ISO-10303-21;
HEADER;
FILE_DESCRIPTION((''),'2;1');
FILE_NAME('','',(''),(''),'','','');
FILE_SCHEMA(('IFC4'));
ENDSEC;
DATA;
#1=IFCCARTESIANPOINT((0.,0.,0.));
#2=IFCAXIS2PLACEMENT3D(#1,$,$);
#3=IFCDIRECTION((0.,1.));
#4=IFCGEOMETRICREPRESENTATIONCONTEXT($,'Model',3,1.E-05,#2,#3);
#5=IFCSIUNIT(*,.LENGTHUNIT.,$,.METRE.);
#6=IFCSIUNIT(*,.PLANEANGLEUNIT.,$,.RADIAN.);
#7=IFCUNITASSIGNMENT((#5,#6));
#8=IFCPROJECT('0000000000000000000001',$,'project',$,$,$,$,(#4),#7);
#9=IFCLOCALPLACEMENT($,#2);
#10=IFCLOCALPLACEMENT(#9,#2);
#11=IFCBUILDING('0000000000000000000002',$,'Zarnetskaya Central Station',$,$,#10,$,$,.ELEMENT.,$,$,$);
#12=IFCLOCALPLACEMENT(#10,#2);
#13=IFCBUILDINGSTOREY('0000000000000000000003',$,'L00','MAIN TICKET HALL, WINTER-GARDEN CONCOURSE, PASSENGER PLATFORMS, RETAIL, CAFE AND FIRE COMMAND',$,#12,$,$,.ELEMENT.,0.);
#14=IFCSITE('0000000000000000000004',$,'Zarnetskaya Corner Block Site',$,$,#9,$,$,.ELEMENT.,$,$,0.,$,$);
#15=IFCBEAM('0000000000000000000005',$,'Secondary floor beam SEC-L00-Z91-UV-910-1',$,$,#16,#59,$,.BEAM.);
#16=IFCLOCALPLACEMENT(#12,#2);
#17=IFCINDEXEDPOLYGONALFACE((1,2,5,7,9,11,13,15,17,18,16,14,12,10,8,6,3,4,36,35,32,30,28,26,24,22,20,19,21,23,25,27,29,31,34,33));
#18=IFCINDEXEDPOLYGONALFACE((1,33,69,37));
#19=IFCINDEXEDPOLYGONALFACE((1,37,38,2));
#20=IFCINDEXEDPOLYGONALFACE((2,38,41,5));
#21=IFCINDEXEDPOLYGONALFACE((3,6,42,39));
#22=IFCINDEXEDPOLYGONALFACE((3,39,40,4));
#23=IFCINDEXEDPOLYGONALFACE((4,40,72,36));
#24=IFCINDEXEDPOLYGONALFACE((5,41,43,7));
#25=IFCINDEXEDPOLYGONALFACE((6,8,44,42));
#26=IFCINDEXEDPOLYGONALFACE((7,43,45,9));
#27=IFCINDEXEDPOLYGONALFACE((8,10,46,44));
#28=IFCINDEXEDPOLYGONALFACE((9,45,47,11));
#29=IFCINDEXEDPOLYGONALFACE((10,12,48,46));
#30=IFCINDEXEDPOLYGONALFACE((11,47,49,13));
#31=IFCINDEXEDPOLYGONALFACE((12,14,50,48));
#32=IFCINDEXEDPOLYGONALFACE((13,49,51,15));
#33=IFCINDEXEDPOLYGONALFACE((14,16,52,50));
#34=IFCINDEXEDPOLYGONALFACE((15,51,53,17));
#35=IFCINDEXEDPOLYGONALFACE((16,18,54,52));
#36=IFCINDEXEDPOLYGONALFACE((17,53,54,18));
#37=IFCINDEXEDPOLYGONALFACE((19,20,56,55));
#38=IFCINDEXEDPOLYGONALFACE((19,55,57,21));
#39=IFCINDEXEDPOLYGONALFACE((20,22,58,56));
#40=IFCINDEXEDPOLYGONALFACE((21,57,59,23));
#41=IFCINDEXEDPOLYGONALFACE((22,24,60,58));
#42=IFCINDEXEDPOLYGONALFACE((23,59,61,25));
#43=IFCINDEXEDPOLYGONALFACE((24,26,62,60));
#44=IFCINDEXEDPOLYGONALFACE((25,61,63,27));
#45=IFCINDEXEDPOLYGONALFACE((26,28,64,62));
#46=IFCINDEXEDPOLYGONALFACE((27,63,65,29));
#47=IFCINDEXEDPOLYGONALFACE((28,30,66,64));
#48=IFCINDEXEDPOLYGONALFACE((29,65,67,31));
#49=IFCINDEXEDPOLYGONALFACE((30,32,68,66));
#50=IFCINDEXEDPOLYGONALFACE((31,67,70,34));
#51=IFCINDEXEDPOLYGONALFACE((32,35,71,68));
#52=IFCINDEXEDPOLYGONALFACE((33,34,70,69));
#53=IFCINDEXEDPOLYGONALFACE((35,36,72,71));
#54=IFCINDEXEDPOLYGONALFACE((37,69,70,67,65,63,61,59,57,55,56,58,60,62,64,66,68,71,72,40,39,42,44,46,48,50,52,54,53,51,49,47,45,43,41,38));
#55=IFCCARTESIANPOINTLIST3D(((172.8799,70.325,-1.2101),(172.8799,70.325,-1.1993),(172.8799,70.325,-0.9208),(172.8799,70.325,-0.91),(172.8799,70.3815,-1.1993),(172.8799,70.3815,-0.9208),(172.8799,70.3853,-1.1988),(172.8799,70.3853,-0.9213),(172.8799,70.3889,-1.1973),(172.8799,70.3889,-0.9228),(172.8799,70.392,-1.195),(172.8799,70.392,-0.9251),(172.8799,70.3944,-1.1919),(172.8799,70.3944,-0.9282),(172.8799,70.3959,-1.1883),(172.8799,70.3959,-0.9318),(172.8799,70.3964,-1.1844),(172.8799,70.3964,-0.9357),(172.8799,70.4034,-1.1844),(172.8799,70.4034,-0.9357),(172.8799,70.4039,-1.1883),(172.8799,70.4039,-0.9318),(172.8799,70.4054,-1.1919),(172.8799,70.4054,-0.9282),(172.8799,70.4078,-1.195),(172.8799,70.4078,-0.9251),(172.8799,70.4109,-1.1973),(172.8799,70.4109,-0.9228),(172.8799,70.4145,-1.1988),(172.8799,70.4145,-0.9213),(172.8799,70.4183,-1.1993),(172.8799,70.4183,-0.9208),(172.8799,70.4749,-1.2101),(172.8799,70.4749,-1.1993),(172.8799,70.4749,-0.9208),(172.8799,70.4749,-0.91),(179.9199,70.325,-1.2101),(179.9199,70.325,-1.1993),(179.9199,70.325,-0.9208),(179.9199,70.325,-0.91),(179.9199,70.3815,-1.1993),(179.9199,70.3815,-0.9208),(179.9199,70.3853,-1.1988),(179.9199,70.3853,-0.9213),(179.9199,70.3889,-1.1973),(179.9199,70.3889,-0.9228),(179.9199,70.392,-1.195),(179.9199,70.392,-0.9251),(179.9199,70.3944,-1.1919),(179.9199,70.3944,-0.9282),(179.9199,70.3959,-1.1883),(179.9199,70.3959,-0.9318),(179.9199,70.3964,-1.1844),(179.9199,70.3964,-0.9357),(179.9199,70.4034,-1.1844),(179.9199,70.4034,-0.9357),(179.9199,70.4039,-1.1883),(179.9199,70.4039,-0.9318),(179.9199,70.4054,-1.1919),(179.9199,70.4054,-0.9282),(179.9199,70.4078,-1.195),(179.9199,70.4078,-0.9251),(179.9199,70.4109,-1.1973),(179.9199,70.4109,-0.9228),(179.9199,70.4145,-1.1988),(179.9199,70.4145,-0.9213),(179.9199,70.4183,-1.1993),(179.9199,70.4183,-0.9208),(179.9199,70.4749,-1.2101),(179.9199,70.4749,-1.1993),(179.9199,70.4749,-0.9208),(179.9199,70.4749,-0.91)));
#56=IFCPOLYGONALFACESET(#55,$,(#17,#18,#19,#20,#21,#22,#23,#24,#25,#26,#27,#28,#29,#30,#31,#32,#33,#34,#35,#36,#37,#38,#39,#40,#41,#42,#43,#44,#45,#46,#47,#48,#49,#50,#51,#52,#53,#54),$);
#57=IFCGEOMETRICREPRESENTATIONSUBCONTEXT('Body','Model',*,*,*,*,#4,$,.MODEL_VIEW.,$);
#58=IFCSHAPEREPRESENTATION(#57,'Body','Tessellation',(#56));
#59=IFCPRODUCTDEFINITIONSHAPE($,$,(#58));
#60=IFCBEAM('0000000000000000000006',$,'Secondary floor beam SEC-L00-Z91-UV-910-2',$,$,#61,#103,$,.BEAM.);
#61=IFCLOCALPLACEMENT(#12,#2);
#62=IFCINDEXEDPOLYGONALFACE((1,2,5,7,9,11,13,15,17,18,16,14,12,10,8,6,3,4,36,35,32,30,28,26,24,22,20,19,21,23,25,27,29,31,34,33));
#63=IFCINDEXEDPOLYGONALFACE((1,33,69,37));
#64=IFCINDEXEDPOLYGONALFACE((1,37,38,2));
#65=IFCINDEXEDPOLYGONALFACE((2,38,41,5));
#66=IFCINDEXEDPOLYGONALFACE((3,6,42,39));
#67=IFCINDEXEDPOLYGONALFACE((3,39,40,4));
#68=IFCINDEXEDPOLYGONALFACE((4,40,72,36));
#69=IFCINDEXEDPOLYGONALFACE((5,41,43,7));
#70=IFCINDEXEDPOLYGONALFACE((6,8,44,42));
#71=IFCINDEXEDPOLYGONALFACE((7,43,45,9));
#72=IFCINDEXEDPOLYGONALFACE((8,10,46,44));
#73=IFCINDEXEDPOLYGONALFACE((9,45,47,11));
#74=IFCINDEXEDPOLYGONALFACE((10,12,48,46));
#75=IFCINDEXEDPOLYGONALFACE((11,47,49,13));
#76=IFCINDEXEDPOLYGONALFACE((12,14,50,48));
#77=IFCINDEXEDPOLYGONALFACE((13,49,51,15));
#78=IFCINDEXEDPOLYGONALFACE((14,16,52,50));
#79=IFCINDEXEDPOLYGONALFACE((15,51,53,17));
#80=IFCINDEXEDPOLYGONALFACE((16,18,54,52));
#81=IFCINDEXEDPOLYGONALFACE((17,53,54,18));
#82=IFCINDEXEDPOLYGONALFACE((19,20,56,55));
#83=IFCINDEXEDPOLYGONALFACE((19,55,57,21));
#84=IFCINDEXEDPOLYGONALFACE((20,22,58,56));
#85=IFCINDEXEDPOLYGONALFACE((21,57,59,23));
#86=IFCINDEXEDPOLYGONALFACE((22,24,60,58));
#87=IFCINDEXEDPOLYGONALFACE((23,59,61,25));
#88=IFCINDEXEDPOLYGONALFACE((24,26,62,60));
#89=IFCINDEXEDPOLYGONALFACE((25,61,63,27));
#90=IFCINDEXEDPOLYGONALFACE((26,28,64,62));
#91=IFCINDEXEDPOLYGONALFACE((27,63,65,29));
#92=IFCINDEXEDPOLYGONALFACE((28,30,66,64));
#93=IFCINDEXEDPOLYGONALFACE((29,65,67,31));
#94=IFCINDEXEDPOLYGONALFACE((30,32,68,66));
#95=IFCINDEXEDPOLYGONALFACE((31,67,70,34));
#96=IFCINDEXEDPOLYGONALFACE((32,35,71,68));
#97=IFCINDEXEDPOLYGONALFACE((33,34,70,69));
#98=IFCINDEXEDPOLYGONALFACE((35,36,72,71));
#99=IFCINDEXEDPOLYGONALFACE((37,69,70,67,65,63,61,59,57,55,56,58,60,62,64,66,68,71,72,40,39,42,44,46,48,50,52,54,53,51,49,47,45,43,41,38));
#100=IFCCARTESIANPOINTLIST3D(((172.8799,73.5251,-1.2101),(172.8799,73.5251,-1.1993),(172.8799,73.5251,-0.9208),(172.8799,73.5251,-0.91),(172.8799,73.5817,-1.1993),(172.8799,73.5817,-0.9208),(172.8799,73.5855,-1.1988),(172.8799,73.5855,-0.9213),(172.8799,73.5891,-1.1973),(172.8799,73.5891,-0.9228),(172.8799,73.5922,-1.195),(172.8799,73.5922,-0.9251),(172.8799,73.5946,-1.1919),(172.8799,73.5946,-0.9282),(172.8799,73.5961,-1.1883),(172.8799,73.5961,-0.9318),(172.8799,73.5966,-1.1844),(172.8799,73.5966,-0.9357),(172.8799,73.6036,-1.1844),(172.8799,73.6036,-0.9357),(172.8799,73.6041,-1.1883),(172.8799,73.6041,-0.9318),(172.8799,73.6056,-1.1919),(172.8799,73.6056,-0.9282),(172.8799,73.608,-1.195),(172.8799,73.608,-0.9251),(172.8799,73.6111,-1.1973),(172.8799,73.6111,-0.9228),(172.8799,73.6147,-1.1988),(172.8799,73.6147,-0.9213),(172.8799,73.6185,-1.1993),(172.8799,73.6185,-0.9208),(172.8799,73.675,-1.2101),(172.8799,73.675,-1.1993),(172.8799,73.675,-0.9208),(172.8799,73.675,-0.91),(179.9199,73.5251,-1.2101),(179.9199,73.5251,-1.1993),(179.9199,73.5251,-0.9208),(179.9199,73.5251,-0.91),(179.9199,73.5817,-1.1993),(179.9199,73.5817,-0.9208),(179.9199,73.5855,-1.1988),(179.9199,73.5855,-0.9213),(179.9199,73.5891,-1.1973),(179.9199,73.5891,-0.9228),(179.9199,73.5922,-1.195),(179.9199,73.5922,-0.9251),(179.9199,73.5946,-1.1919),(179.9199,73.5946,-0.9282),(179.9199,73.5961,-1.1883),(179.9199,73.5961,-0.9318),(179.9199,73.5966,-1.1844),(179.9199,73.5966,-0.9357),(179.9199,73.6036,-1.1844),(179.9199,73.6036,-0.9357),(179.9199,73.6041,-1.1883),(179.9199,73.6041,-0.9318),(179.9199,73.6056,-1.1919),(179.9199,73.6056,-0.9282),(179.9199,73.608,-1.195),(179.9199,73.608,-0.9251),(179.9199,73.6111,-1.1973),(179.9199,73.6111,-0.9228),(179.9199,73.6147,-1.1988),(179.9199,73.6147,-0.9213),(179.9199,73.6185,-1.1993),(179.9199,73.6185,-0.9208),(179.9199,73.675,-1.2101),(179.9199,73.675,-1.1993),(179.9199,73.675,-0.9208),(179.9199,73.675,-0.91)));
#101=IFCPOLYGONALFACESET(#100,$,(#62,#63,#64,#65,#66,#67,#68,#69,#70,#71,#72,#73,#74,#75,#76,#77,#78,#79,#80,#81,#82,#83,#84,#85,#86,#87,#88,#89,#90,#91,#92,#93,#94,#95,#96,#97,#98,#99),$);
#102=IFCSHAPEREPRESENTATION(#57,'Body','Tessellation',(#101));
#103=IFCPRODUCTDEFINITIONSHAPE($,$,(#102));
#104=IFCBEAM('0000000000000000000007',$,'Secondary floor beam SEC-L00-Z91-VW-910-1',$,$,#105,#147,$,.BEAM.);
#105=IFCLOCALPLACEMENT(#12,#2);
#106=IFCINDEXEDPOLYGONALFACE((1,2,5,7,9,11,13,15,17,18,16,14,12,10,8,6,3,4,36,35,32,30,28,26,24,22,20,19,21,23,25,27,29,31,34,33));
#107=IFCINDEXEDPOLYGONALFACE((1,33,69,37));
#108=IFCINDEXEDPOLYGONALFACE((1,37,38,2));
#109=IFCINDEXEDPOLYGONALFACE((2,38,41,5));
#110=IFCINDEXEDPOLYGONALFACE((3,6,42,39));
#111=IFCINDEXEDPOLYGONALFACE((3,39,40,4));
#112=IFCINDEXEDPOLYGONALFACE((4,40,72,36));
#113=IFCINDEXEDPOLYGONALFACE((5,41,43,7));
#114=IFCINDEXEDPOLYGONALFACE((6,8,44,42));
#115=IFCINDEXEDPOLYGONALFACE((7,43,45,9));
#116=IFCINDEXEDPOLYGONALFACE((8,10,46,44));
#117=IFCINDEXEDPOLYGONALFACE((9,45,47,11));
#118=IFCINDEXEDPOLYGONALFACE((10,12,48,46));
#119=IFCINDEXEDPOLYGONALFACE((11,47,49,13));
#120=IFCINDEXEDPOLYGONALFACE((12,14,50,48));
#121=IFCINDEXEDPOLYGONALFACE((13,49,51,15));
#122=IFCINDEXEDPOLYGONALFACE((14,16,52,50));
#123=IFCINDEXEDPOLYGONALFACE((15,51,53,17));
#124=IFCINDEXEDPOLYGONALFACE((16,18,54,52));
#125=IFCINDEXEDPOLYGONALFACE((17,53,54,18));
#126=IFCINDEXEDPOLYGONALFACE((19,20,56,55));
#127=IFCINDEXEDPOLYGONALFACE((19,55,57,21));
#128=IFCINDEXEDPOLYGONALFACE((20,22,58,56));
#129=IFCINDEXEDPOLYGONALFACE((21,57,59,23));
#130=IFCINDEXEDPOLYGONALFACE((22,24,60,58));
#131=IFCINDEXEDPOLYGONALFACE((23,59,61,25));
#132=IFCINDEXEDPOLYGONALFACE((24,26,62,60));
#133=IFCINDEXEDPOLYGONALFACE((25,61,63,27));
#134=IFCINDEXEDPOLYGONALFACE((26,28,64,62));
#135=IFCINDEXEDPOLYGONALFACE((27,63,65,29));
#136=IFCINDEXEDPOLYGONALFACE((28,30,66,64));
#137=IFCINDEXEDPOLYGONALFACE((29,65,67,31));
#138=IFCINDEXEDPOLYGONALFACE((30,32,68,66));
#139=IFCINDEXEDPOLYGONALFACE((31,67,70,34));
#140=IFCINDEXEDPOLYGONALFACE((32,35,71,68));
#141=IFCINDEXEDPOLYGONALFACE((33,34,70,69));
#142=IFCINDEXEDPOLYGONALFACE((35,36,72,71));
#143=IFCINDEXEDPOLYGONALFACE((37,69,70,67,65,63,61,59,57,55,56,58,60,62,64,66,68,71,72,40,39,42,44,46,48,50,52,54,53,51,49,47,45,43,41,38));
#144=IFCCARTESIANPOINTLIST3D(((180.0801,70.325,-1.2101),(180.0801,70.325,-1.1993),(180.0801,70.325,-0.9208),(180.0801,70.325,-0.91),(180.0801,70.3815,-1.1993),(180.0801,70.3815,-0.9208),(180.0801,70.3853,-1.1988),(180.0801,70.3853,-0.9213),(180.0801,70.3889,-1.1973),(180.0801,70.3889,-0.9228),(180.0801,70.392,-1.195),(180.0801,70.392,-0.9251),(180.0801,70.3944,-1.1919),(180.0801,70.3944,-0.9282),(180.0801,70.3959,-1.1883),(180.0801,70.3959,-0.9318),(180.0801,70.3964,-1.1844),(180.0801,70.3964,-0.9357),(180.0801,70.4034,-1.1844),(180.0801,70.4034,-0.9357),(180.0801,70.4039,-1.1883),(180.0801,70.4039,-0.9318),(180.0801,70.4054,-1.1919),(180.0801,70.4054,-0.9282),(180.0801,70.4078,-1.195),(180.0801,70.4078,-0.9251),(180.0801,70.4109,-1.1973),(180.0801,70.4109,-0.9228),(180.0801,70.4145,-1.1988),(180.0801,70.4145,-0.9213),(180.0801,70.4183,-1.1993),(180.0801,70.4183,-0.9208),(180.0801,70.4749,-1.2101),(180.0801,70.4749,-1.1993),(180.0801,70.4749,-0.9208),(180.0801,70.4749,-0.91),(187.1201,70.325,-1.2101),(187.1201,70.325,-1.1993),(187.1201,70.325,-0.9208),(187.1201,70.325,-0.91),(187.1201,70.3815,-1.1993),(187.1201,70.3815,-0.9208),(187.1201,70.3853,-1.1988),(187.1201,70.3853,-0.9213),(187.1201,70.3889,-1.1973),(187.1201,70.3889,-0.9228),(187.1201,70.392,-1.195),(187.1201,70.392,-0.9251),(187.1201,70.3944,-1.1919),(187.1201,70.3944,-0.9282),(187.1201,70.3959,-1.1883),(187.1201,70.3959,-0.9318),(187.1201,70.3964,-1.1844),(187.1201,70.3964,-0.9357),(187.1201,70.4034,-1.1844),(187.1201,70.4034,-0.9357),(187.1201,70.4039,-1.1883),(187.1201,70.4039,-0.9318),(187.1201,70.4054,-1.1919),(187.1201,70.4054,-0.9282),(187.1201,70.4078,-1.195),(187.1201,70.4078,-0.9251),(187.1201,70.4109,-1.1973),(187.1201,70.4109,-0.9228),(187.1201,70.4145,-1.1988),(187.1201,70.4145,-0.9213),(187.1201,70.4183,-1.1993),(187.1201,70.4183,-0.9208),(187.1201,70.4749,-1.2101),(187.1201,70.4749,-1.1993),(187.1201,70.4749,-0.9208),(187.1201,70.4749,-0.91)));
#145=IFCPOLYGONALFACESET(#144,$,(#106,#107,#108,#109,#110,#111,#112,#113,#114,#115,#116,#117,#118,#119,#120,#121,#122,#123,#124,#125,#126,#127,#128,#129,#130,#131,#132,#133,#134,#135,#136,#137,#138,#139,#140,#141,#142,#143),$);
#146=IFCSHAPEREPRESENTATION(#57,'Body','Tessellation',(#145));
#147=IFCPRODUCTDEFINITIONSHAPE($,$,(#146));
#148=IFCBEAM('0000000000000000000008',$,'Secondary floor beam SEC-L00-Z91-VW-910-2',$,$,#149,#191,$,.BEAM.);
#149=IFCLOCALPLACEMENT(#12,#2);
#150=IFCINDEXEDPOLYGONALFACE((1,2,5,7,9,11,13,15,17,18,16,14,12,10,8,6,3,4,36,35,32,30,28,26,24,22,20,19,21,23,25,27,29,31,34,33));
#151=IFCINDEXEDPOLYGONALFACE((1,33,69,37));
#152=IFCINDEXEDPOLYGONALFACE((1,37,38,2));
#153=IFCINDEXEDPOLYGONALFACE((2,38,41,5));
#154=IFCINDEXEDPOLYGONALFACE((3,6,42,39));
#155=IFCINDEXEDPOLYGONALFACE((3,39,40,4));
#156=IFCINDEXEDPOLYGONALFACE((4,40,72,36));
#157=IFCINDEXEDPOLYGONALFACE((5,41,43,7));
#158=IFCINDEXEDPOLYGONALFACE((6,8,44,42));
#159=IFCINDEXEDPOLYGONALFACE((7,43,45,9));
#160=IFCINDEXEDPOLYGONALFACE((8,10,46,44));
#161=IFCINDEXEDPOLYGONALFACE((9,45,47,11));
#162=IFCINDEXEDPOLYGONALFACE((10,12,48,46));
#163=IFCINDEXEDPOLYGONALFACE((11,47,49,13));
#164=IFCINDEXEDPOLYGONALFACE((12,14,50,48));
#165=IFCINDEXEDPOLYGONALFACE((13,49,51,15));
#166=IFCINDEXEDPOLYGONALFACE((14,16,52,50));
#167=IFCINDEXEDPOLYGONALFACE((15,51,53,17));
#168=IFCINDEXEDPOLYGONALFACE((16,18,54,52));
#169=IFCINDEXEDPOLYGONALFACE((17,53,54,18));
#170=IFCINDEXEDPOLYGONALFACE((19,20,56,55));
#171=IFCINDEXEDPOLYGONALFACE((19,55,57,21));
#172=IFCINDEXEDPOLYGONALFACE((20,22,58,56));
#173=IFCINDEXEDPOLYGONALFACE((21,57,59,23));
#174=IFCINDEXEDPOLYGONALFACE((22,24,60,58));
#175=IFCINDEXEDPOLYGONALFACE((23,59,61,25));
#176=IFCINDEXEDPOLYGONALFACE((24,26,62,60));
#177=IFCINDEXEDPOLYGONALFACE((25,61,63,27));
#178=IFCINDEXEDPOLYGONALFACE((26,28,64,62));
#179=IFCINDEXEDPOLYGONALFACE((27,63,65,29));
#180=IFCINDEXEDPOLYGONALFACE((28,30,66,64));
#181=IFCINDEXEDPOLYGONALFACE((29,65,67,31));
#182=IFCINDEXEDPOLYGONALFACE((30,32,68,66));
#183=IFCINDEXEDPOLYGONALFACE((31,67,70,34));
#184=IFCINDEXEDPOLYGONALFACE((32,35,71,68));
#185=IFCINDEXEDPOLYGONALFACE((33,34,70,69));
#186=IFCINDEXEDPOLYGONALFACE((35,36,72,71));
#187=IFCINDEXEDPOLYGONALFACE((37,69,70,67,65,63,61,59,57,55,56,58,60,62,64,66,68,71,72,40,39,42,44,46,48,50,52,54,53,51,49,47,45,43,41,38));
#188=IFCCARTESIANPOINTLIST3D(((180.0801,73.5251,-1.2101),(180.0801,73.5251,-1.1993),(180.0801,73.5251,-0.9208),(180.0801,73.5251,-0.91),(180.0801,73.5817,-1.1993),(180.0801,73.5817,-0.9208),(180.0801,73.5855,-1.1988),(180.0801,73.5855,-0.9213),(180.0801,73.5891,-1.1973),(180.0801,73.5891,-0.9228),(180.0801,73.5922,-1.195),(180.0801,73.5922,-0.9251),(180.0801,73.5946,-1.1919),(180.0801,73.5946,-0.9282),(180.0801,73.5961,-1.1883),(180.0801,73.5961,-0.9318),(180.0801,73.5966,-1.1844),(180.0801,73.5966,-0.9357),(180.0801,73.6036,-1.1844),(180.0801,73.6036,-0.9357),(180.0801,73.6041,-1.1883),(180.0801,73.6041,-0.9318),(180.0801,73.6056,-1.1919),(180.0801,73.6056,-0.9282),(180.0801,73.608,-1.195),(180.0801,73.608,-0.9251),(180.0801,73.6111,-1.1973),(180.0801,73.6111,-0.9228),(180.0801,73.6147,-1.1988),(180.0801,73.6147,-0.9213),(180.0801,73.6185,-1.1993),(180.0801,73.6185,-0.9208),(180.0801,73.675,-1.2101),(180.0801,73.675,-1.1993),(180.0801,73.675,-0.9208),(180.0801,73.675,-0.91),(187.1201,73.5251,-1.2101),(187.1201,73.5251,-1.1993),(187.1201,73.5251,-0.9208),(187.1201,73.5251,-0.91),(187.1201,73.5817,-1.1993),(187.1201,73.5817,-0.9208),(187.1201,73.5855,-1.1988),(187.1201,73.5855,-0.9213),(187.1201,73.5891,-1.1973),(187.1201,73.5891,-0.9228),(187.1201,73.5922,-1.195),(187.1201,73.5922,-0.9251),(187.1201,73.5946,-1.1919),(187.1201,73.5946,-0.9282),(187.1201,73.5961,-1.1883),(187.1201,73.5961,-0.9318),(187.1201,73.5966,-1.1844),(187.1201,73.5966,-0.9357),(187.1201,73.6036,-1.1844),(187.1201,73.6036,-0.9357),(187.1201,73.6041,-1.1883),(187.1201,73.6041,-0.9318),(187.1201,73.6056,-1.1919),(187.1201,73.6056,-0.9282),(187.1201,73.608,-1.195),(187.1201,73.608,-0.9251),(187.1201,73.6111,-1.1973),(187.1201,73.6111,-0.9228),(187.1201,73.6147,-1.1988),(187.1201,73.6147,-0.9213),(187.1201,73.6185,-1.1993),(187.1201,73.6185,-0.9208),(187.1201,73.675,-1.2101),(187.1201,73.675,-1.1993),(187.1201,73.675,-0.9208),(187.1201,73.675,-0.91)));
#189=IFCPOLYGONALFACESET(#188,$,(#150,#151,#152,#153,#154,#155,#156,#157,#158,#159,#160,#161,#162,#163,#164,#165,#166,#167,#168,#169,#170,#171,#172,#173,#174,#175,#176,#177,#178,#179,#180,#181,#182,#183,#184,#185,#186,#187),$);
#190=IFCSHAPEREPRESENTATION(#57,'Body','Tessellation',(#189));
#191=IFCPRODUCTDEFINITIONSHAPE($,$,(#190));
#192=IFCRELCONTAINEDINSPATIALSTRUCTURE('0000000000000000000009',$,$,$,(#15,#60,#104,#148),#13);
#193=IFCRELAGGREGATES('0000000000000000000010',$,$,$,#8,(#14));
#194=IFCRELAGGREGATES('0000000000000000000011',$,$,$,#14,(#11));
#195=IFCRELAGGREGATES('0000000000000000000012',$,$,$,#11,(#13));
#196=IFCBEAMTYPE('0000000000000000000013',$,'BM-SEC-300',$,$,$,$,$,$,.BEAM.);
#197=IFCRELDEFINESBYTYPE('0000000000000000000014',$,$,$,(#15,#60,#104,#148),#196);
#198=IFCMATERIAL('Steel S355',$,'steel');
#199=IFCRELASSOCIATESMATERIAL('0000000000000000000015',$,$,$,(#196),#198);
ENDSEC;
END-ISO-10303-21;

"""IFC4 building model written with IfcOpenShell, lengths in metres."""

from ifc_helpers import new_model, si_unit, direction, frame, origin, origin_2d, place, context, subcontext, project, spatial, i_section, extrude, material, material_profile, profile_set, type_object, element, save


model = new_model("IFC4")

# Units and contexts
model_context = context("Model", 3, precision=1e-05, world=origin(), true_north=direction((0.0, 1.0)))
body_context = subcontext(model_context, "Body", "Model", "MODEL_VIEW")
ifc_project = project(units=[si_unit("LENGTHUNIT", "METRE"), si_unit("PLANEANGLEUNIT", "RADIAN")], contexts=[model_context])

# Site, building, storey
site_placement = place(None, origin())
site = spatial("IfcSite", under=ifc_project, at=site_placement, Name="Zarnetskaya Corner Block Site", CompositionType="ELEMENT", RefElevation=0.0)
building_placement = place(site_placement, origin())
building = spatial("IfcBuilding", under=site, at=building_placement, Name="Zarnetskaya Central Station", CompositionType="ELEMENT")
storey_placement = place(building_placement, origin())
storey = spatial("IfcBuildingStorey", under=building, at=storey_placement, Name="L00", Description="MAIN TICKET HALL, WINTER-GARDEN CONCOURSE, PASSENGER PLATFORMS, RETAIL, CAFE AND FIRE COMMAND", CompositionType="ELEMENT", Elevation=0.0)

# Shared definitions
ifc_material = material(Name="Steel S355", Category="steel")

# Beams
ifc_material_profile_1 = material_profile(ifc_material, i_section(OverallWidth=0.1499, OverallDepth=0.3, WebThickness=0.0071, FlangeThickness=0.0107, FilletRadius=0.0149, at=origin_2d()), Name="IPE 300")
ifc_profile_set_1 = profile_set([ifc_material_profile_1], Name="Steel S355")
beam_type_1 = type_object("IfcBeamType", Name="BM-SEC-300", PredefinedType="BEAM", material=ifc_profile_set_1)
for number, where, z_axis, x_axis, name in (
    (1, (172.8799, 70.3999, -1.0601), (1.0, 0.0, 0.0), (0.0, 1.0, 0.0), "Secondary floor beam SEC-L00-Z91-UV-910-1"),
    (2, (172.8799, 73.6001, -1.0601), (1.0, 0.0, 0.0), (0.0, 1.0, 0.0), "Secondary floor beam SEC-L00-Z91-UV-910-2"),
    (3, (180.0801, 70.3999, -1.0601), (1.0, 0.0, 0.0), (0.0, 1.0, 0.0), "Secondary floor beam SEC-L00-Z91-VW-910-1"),
    (4, (180.0801, 73.6001, -1.0601), (1.0, 0.0, 0.0), (0.0, 1.0, 0.0), "Secondary floor beam SEC-L00-Z91-VW-910-2"),
):
    element("IfcBeam", number, at=place(storey_placement, frame(where, z_axis=z_axis, x_axis=x_axis)), inside=storey, type_object=beam_type_1, Name=name, PredefinedType="BEAM", context=body_context, shape_type="SweptSolid", body=[
        extrude(i_section(OverallWidth=0.1499, OverallDepth=0.3, WebThickness=0.0071, FlangeThickness=0.0107, FilletRadius=0.0149, at=origin_2d()), origin(), (0.0, 0.0, 1.0), 7.04),
    ])

save(model, "model.ifc")
